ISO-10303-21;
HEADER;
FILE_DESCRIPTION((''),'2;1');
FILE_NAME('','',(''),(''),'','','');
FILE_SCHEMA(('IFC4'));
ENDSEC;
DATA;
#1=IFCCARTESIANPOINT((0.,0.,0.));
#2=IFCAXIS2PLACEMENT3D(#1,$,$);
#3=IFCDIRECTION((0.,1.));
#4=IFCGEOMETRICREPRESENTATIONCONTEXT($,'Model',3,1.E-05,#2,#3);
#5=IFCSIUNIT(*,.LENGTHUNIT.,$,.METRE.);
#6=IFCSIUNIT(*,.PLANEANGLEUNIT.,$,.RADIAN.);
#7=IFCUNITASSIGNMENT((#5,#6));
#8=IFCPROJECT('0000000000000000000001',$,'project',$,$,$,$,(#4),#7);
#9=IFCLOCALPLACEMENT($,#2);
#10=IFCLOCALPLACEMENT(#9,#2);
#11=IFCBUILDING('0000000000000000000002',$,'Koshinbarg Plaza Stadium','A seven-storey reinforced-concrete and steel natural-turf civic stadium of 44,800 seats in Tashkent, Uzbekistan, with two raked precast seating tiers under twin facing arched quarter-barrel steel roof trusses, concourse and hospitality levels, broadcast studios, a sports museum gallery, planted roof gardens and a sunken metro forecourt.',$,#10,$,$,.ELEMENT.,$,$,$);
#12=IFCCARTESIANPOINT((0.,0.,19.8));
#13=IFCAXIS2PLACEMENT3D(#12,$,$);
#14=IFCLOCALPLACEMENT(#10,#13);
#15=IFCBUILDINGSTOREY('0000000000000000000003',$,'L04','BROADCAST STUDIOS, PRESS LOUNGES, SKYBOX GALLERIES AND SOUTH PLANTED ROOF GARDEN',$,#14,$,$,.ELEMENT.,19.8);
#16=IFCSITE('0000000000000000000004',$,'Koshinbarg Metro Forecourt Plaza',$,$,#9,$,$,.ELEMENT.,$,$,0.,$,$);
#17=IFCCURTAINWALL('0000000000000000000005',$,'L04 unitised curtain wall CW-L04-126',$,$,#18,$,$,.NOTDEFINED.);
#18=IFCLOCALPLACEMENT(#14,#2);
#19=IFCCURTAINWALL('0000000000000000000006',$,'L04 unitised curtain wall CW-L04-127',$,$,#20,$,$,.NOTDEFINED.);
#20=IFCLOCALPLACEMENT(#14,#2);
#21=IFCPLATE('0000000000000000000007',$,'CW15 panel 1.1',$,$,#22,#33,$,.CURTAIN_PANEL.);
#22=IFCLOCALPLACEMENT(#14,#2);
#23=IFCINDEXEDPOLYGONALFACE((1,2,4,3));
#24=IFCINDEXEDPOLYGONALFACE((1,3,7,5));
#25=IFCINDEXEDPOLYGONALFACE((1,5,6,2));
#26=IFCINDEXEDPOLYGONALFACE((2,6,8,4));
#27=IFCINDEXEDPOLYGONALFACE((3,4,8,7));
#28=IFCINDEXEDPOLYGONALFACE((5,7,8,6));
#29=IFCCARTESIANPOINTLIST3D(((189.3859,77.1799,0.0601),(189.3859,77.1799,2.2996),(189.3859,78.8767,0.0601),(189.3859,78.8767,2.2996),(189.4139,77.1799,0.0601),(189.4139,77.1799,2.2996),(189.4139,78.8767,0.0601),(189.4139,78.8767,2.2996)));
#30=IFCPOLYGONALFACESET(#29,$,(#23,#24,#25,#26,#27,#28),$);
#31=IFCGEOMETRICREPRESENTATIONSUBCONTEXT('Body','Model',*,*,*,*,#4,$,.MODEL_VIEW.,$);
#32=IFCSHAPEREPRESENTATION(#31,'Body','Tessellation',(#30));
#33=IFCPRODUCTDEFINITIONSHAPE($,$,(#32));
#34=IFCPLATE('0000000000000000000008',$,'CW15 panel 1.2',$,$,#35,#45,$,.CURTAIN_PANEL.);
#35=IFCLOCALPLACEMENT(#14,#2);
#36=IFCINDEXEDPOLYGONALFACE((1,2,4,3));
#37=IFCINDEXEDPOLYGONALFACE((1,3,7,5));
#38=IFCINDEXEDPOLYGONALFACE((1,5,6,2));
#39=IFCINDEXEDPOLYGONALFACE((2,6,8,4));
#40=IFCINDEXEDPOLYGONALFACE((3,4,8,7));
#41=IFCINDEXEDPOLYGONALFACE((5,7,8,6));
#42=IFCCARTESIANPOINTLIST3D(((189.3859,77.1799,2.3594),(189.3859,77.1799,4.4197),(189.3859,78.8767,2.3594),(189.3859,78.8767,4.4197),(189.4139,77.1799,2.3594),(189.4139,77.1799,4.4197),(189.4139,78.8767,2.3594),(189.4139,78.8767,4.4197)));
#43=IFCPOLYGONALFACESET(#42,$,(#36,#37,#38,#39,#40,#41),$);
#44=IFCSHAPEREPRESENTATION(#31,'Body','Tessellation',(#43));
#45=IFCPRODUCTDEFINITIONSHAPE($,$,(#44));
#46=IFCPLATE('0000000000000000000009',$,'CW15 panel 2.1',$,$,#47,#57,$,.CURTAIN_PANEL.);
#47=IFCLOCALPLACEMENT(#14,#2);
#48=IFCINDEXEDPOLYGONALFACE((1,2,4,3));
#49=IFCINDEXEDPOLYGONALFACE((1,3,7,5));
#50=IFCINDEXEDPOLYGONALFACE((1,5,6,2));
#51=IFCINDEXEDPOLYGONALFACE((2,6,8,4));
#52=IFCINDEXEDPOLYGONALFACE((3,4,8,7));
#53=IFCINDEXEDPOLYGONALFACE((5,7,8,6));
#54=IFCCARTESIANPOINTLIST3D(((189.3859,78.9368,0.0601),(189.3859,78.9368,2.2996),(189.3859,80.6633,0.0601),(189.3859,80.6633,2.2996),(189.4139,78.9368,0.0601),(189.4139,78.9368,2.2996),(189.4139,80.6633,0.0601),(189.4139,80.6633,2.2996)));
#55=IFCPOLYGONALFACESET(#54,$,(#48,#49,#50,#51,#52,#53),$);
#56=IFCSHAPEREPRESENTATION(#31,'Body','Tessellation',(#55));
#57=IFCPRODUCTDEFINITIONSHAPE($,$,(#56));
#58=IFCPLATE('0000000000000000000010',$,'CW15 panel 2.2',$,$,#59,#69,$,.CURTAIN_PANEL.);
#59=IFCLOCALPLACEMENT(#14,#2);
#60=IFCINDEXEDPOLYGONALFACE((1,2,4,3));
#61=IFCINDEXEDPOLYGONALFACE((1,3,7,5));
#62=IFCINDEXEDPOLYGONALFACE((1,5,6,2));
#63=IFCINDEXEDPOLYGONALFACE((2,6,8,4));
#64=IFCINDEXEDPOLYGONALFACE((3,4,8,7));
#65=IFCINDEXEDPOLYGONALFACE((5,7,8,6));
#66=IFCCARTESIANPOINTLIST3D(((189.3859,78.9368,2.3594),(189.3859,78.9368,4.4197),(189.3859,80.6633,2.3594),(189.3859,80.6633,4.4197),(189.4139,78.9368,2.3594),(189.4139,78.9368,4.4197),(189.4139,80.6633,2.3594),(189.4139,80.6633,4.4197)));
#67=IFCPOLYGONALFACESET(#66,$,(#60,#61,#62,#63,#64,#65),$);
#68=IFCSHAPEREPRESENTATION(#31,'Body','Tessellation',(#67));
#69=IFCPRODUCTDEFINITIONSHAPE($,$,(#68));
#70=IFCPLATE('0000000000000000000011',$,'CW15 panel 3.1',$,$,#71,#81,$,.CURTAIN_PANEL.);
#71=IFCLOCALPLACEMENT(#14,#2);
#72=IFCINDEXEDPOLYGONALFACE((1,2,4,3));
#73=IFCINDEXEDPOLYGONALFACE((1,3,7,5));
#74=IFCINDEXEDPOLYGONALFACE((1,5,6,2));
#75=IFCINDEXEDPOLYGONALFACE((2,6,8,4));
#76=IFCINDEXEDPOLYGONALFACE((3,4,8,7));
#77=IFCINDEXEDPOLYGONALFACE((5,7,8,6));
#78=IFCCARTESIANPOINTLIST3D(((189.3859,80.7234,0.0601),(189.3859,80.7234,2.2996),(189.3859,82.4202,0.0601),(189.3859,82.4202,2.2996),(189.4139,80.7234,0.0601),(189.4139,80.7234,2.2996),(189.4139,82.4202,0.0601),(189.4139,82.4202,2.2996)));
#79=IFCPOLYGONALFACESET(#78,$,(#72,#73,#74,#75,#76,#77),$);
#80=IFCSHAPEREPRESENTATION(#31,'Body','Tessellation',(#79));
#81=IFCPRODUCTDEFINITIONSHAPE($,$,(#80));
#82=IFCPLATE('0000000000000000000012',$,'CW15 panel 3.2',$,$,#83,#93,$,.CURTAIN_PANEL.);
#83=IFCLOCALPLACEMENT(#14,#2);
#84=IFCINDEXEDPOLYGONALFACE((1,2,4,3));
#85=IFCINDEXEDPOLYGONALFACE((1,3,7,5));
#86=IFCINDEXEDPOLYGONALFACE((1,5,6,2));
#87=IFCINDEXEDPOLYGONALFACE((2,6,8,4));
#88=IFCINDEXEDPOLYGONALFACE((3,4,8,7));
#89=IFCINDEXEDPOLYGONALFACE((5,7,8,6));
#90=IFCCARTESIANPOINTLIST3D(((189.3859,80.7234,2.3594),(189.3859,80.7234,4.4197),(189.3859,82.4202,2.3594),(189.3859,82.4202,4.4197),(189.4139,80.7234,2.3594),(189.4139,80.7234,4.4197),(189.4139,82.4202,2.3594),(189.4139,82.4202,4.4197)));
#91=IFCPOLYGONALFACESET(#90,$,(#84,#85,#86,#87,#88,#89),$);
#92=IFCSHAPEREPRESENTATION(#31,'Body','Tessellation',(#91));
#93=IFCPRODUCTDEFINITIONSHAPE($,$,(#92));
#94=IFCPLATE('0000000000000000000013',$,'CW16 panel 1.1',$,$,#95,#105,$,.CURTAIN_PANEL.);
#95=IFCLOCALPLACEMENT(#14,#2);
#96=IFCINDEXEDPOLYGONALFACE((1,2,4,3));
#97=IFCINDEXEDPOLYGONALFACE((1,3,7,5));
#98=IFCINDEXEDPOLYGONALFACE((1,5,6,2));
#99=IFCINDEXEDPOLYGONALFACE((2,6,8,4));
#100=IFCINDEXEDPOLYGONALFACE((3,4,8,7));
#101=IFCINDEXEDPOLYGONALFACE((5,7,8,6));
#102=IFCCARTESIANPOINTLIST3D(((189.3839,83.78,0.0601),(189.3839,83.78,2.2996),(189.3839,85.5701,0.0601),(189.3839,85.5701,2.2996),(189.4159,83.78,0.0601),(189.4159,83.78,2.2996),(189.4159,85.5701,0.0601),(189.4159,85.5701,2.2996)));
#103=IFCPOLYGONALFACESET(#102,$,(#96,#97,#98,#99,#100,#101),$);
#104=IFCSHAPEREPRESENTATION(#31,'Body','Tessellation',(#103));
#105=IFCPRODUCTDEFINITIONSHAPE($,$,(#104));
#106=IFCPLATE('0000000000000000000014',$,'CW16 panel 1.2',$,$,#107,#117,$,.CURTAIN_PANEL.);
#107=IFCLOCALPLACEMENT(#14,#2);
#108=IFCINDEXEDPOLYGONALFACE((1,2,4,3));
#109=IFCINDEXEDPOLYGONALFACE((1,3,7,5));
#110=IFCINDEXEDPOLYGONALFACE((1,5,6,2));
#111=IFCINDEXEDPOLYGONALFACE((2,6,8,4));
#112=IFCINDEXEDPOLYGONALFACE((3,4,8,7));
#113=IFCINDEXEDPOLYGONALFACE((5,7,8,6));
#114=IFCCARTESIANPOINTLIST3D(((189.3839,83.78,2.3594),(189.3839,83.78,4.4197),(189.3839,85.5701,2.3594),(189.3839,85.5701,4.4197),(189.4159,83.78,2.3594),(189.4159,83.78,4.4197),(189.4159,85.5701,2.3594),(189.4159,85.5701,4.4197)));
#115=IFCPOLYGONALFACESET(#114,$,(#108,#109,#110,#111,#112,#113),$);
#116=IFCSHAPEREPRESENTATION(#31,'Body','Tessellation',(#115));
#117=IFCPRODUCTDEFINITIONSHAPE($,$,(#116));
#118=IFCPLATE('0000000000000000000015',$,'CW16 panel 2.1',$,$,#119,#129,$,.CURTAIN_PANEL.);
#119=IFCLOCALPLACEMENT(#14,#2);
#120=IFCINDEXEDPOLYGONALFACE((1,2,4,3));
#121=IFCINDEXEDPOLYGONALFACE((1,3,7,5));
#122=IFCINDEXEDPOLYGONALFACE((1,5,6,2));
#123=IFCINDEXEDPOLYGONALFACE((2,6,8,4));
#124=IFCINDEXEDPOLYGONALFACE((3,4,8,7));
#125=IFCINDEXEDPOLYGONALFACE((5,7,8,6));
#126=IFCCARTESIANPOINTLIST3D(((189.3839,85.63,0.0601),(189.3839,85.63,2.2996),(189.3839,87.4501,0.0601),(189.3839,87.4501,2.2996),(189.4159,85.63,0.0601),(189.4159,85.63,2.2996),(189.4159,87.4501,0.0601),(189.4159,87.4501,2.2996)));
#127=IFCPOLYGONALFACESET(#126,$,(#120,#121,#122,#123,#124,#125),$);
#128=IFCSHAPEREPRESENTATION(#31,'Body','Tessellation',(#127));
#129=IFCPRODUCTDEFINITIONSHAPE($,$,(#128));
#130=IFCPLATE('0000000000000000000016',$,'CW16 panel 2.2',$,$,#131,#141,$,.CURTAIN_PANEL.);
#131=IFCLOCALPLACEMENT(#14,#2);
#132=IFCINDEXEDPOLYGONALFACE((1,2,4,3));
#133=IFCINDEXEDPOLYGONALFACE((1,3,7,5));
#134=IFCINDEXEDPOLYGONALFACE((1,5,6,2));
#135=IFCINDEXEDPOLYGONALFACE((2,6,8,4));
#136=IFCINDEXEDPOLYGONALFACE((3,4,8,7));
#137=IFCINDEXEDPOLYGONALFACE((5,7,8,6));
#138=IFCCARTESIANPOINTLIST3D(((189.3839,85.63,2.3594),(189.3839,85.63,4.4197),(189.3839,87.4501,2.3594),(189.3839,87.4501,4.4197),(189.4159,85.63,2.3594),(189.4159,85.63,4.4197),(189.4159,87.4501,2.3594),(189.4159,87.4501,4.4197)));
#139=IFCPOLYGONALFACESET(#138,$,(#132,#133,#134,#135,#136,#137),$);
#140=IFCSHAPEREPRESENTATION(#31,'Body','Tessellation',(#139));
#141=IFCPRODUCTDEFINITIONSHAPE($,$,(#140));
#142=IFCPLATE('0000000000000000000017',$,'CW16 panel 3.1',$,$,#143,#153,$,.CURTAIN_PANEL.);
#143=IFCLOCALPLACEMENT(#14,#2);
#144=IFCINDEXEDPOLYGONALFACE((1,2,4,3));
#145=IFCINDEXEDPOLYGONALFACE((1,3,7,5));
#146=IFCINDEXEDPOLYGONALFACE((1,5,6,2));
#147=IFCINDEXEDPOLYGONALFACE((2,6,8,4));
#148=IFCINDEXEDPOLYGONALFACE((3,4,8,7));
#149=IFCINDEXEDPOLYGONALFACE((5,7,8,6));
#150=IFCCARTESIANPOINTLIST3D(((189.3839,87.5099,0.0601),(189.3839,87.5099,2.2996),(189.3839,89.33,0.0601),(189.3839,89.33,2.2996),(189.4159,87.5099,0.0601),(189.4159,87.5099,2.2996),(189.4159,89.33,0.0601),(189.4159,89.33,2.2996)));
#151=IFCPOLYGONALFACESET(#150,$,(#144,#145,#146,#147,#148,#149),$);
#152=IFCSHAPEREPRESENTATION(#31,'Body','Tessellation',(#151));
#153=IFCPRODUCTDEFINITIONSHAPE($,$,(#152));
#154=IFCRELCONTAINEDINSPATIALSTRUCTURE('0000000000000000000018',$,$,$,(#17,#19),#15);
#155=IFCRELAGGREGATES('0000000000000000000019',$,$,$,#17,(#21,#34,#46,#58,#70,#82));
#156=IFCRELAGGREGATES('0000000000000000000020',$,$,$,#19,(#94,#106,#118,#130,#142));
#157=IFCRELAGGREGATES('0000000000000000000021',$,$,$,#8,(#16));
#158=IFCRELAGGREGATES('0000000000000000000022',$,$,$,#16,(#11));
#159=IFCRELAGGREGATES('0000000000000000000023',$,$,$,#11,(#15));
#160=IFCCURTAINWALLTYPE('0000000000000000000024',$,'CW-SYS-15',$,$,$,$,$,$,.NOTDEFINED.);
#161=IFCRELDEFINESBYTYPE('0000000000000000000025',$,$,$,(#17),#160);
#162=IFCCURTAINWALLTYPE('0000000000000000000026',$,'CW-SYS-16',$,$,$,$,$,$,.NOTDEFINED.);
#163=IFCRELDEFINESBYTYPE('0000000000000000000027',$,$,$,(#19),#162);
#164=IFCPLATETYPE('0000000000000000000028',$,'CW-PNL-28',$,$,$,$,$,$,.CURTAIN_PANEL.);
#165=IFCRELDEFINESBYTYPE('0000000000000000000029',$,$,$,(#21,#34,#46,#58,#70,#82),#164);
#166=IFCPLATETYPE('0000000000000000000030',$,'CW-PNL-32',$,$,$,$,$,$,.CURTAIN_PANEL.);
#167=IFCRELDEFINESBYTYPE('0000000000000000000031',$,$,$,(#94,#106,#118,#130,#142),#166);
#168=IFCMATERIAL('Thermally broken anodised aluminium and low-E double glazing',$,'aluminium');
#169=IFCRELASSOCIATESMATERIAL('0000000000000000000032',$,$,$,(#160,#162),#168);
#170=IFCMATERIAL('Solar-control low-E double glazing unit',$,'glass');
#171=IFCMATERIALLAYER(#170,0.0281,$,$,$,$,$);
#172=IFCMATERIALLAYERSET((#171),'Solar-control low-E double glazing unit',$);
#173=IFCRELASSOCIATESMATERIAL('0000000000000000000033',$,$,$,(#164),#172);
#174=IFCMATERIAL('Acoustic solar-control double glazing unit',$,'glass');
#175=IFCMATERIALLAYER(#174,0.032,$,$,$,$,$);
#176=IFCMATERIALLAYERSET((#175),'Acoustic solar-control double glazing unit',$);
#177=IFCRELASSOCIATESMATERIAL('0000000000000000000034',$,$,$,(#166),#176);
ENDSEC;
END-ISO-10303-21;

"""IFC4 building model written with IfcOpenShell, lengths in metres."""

from ifc_helpers import new_model, si_unit, direction, frame, origin, origin_2d, place, context, subcontext, project, spatial, rectangle, extrude, material, layer, layer_set, type_object, element, aggregate, save


model = new_model("IFC4")

# Units and contexts
model_context = context("Model", 3, precision=1e-05, world=origin(), true_north=direction((0.0, 1.0)))
body_context = subcontext(model_context, "Body", "Model", "MODEL_VIEW")
ifc_project = project(units=[si_unit("LENGTHUNIT", "METRE"), si_unit("PLANEANGLEUNIT", "RADIAN")], contexts=[model_context])

# Site, building, storey
site_placement = place(None, origin())
site = spatial("IfcSite", under=ifc_project, at=site_placement, Name="Koshinbarg Metro Forecourt Plaza", CompositionType="ELEMENT", RefElevation=0.0)
building_placement = place(site_placement, origin())
building = spatial("IfcBuilding", under=site, at=building_placement, Name="Koshinbarg Plaza Stadium", Description="A seven-storey reinforced-concrete and steel natural-turf civic stadium of 44,800 seats in Tashkent, Uzbekistan, with two raked precast seating tiers under twin facing arched quarter-barrel steel roof trusses, concourse and hospitality levels, broadcast studios, a sports museum gallery, planted roof gardens and a sunken metro forecourt.", CompositionType="ELEMENT")
storey_placement = place(building_placement, frame((0.0, 0.0, 19.8)))
storey = spatial("IfcBuildingStorey", under=building, at=storey_placement, Name="L04", Description="BROADCAST STUDIOS, PRESS LOUNGES, SKYBOX GALLERIES AND SOUTH PLANTED ROOF GARDEN", CompositionType="ELEMENT", Elevation=19.8)

# Curtain walls
ifc_material_1 = material(Name="Thermally broken anodised aluminium and low-E double glazing", Category="aluminium")
curtain_wall_type_1 = type_object("IfcCurtainWallType", Name="CW-SYS-15", PredefinedType="NOTDEFINED", material=ifc_material_1)
curtain_wall_1_placement = place(storey_placement, origin())
curtain_wall_1 = element("IfcCurtainWall", 1, at=curtain_wall_1_placement, inside=storey, type_object=curtain_wall_type_1, Name="L04 unitised curtain wall CW-L04-126", PredefinedType="NOTDEFINED")
curtain_wall_type_2 = type_object("IfcCurtainWallType", Name="CW-SYS-16", PredefinedType="NOTDEFINED", material=ifc_material_1)
curtain_wall_2_placement = place(storey_placement, origin())
curtain_wall_2 = element("IfcCurtainWall", 2, at=curtain_wall_2_placement, inside=storey, type_object=curtain_wall_type_2, Name="L04 unitised curtain wall CW-L04-127", PredefinedType="NOTDEFINED")

# Plates
ifc_material_2 = material(Name="Solar-control low-E double glazing unit", Category="glass")
ifc_layer_1 = layer(ifc_material_2, 0.0281)
ifc_layer_set_1 = layer_set([ifc_layer_1], Name="Solar-control low-E double glazing unit")
plate_type_1 = type_object("IfcPlateType", Name="CW-PNL-28", PredefinedType="CURTAIN_PANEL", material=ifc_layer_set_1)
plate_1_placement = place(storey_placement, frame((189.3999, 78.0283, 0.0601), z_axis=(0.0, 0.0, 1.0), x_axis=(0.0, 1.0, 0.0)))
plate_1 = element("IfcPlate", 3, at=plate_1_placement, type_object=plate_type_1, Name="CW15 panel 1.1", PredefinedType="CURTAIN_PANEL", context=body_context, shape_type="SweptSolid", body=[
    extrude(rectangle(XDim=1.6968, YDim=0.0281, at=origin_2d()), origin(), (0.0, 0.0, 1.0), 2.2395),
])
plate_2_placement = place(storey_placement, frame((189.3999, 78.0283, 2.3594), z_axis=(0.0, 0.0, 1.0), x_axis=(0.0, 1.0, 0.0)))
plate_2 = element("IfcPlate", 4, at=plate_2_placement, type_object=plate_type_1, Name="CW15 panel 1.2", PredefinedType="CURTAIN_PANEL", context=body_context, shape_type="SweptSolid", body=[
    extrude(rectangle(XDim=1.6968, YDim=0.0281, at=origin_2d()), origin(), (0.0, 0.0, 1.0), 2.0603),
])
plate_3_placement = place(storey_placement, frame((189.3999, 79.8, 0.0601), z_axis=(0.0, 0.0, 1.0), x_axis=(0.0, 1.0, 0.0)))
plate_3 = element("IfcPlate", 5, at=plate_3_placement, type_object=plate_type_1, Name="CW15 panel 2.1", PredefinedType="CURTAIN_PANEL", context=body_context, shape_type="SweptSolid", body=[
    extrude(rectangle(XDim=1.7266, YDim=0.0281, at=origin_2d()), origin(), (0.0, 0.0, 1.0), 2.2395),
])
plate_4_placement = place(storey_placement, frame((189.3999, 79.8, 2.3594), z_axis=(0.0, 0.0, 1.0), x_axis=(0.0, 1.0, 0.0)))
plate_4 = element("IfcPlate", 6, at=plate_4_placement, type_object=plate_type_1, Name="CW15 panel 2.2", PredefinedType="CURTAIN_PANEL", context=body_context, shape_type="SweptSolid", body=[
    extrude(rectangle(XDim=1.7266, YDim=0.0281, at=origin_2d()), origin(), (0.0, 0.0, 1.0), 2.0603),
])
plate_5_placement = place(storey_placement, frame((189.3999, 81.5718, 0.0601), z_axis=(0.0, 0.0, 1.0), x_axis=(0.0, 1.0, 0.0)))
plate_5 = element("IfcPlate", 7, at=plate_5_placement, type_object=plate_type_1, Name="CW15 panel 3.1", PredefinedType="CURTAIN_PANEL", context=body_context, shape_type="SweptSolid", body=[
    extrude(rectangle(XDim=1.6968, YDim=0.0281, at=origin_2d()), origin(), (0.0, 0.0, 1.0), 2.2395),
])
plate_6_placement = place(storey_placement, frame((189.3999, 81.5718, 2.3594), z_axis=(0.0, 0.0, 1.0), x_axis=(0.0, 1.0, 0.0)))
plate_6 = element("IfcPlate", 8, at=plate_6_placement, type_object=plate_type_1, Name="CW15 panel 3.2", PredefinedType="CURTAIN_PANEL", context=body_context, shape_type="SweptSolid", body=[
    extrude(rectangle(XDim=1.6968, YDim=0.0281, at=origin_2d()), origin(), (0.0, 0.0, 1.0), 2.0603),
])
aggregate(curtain_wall_1, [plate_1, plate_2, plate_3, plate_4, plate_5, plate_6])
ifc_material_3 = material(Name="Acoustic solar-control double glazing unit", Category="glass")
ifc_layer_2 = layer(ifc_material_3, 0.032)
ifc_layer_set_2 = layer_set([ifc_layer_2], Name="Acoustic solar-control double glazing unit")
plate_type_2 = type_object("IfcPlateType", Name="CW-PNL-32", PredefinedType="CURTAIN_PANEL", material=ifc_layer_set_2)
plate_7_placement = place(storey_placement, frame((189.3999, 84.675, 0.0601), z_axis=(0.0, 0.0, 1.0), x_axis=(0.0, 1.0, 0.0)))
plate_7 = element("IfcPlate", 9, at=plate_7_placement, type_object=plate_type_2, Name="CW16 panel 1.1", PredefinedType="CURTAIN_PANEL", context=body_context, shape_type="SweptSolid", body=[
    extrude(rectangle(XDim=1.79, YDim=0.032, at=origin_2d()), origin(), (0.0, 0.0, 1.0), 2.2395),
])
plate_8_placement = place(storey_placement, frame((189.3999, 84.675, 2.3594), z_axis=(0.0, 0.0, 1.0), x_axis=(0.0, 1.0, 0.0)))
plate_8 = element("IfcPlate", 10, at=plate_8_placement, type_object=plate_type_2, Name="CW16 panel 1.2", PredefinedType="CURTAIN_PANEL", context=body_context, shape_type="SweptSolid", body=[
    extrude(rectangle(XDim=1.79, YDim=0.032, at=origin_2d()), origin(), (0.0, 0.0, 1.0), 2.0603),
])
plate_9_placement = place(storey_placement, frame((189.3999, 86.54, 0.0601), z_axis=(0.0, 0.0, 1.0), x_axis=(0.0, 1.0, 0.0)))
plate_9 = element("IfcPlate", 11, at=plate_9_placement, type_object=plate_type_2, Name="CW16 panel 2.1", PredefinedType="CURTAIN_PANEL", context=body_context, shape_type="SweptSolid", body=[
    extrude(rectangle(XDim=1.8201, YDim=0.032, at=origin_2d()), origin(), (0.0, 0.0, 1.0), 2.2395),
])
plate_10_placement = place(storey_placement, frame((189.3999, 86.54, 2.3594), z_axis=(0.0, 0.0, 1.0), x_axis=(0.0, 1.0, 0.0)))
plate_10 = element("IfcPlate", 12, at=plate_10_placement, type_object=plate_type_2, Name="CW16 panel 2.2", PredefinedType="CURTAIN_PANEL", context=body_context, shape_type="SweptSolid", body=[
    extrude(rectangle(XDim=1.8201, YDim=0.032, at=origin_2d()), origin(), (0.0, 0.0, 1.0), 2.0603),
])
plate_11_placement = place(storey_placement, frame((189.3999, 88.4199, 0.0601), z_axis=(0.0, 0.0, 1.0), x_axis=(0.0, 1.0, 0.0)))
plate_11 = element("IfcPlate", 13, at=plate_11_placement, type_object=plate_type_2, Name="CW16 panel 3.1", PredefinedType="CURTAIN_PANEL", context=body_context, shape_type="SweptSolid", body=[
    extrude(rectangle(XDim=1.8201, YDim=0.032, at=origin_2d()), origin(), (0.0, 0.0, 1.0), 2.2395),
])
aggregate(curtain_wall_2, [plate_7, plate_8, plate_9, plate_10, plate_11])

save(model, "model.ifc")
